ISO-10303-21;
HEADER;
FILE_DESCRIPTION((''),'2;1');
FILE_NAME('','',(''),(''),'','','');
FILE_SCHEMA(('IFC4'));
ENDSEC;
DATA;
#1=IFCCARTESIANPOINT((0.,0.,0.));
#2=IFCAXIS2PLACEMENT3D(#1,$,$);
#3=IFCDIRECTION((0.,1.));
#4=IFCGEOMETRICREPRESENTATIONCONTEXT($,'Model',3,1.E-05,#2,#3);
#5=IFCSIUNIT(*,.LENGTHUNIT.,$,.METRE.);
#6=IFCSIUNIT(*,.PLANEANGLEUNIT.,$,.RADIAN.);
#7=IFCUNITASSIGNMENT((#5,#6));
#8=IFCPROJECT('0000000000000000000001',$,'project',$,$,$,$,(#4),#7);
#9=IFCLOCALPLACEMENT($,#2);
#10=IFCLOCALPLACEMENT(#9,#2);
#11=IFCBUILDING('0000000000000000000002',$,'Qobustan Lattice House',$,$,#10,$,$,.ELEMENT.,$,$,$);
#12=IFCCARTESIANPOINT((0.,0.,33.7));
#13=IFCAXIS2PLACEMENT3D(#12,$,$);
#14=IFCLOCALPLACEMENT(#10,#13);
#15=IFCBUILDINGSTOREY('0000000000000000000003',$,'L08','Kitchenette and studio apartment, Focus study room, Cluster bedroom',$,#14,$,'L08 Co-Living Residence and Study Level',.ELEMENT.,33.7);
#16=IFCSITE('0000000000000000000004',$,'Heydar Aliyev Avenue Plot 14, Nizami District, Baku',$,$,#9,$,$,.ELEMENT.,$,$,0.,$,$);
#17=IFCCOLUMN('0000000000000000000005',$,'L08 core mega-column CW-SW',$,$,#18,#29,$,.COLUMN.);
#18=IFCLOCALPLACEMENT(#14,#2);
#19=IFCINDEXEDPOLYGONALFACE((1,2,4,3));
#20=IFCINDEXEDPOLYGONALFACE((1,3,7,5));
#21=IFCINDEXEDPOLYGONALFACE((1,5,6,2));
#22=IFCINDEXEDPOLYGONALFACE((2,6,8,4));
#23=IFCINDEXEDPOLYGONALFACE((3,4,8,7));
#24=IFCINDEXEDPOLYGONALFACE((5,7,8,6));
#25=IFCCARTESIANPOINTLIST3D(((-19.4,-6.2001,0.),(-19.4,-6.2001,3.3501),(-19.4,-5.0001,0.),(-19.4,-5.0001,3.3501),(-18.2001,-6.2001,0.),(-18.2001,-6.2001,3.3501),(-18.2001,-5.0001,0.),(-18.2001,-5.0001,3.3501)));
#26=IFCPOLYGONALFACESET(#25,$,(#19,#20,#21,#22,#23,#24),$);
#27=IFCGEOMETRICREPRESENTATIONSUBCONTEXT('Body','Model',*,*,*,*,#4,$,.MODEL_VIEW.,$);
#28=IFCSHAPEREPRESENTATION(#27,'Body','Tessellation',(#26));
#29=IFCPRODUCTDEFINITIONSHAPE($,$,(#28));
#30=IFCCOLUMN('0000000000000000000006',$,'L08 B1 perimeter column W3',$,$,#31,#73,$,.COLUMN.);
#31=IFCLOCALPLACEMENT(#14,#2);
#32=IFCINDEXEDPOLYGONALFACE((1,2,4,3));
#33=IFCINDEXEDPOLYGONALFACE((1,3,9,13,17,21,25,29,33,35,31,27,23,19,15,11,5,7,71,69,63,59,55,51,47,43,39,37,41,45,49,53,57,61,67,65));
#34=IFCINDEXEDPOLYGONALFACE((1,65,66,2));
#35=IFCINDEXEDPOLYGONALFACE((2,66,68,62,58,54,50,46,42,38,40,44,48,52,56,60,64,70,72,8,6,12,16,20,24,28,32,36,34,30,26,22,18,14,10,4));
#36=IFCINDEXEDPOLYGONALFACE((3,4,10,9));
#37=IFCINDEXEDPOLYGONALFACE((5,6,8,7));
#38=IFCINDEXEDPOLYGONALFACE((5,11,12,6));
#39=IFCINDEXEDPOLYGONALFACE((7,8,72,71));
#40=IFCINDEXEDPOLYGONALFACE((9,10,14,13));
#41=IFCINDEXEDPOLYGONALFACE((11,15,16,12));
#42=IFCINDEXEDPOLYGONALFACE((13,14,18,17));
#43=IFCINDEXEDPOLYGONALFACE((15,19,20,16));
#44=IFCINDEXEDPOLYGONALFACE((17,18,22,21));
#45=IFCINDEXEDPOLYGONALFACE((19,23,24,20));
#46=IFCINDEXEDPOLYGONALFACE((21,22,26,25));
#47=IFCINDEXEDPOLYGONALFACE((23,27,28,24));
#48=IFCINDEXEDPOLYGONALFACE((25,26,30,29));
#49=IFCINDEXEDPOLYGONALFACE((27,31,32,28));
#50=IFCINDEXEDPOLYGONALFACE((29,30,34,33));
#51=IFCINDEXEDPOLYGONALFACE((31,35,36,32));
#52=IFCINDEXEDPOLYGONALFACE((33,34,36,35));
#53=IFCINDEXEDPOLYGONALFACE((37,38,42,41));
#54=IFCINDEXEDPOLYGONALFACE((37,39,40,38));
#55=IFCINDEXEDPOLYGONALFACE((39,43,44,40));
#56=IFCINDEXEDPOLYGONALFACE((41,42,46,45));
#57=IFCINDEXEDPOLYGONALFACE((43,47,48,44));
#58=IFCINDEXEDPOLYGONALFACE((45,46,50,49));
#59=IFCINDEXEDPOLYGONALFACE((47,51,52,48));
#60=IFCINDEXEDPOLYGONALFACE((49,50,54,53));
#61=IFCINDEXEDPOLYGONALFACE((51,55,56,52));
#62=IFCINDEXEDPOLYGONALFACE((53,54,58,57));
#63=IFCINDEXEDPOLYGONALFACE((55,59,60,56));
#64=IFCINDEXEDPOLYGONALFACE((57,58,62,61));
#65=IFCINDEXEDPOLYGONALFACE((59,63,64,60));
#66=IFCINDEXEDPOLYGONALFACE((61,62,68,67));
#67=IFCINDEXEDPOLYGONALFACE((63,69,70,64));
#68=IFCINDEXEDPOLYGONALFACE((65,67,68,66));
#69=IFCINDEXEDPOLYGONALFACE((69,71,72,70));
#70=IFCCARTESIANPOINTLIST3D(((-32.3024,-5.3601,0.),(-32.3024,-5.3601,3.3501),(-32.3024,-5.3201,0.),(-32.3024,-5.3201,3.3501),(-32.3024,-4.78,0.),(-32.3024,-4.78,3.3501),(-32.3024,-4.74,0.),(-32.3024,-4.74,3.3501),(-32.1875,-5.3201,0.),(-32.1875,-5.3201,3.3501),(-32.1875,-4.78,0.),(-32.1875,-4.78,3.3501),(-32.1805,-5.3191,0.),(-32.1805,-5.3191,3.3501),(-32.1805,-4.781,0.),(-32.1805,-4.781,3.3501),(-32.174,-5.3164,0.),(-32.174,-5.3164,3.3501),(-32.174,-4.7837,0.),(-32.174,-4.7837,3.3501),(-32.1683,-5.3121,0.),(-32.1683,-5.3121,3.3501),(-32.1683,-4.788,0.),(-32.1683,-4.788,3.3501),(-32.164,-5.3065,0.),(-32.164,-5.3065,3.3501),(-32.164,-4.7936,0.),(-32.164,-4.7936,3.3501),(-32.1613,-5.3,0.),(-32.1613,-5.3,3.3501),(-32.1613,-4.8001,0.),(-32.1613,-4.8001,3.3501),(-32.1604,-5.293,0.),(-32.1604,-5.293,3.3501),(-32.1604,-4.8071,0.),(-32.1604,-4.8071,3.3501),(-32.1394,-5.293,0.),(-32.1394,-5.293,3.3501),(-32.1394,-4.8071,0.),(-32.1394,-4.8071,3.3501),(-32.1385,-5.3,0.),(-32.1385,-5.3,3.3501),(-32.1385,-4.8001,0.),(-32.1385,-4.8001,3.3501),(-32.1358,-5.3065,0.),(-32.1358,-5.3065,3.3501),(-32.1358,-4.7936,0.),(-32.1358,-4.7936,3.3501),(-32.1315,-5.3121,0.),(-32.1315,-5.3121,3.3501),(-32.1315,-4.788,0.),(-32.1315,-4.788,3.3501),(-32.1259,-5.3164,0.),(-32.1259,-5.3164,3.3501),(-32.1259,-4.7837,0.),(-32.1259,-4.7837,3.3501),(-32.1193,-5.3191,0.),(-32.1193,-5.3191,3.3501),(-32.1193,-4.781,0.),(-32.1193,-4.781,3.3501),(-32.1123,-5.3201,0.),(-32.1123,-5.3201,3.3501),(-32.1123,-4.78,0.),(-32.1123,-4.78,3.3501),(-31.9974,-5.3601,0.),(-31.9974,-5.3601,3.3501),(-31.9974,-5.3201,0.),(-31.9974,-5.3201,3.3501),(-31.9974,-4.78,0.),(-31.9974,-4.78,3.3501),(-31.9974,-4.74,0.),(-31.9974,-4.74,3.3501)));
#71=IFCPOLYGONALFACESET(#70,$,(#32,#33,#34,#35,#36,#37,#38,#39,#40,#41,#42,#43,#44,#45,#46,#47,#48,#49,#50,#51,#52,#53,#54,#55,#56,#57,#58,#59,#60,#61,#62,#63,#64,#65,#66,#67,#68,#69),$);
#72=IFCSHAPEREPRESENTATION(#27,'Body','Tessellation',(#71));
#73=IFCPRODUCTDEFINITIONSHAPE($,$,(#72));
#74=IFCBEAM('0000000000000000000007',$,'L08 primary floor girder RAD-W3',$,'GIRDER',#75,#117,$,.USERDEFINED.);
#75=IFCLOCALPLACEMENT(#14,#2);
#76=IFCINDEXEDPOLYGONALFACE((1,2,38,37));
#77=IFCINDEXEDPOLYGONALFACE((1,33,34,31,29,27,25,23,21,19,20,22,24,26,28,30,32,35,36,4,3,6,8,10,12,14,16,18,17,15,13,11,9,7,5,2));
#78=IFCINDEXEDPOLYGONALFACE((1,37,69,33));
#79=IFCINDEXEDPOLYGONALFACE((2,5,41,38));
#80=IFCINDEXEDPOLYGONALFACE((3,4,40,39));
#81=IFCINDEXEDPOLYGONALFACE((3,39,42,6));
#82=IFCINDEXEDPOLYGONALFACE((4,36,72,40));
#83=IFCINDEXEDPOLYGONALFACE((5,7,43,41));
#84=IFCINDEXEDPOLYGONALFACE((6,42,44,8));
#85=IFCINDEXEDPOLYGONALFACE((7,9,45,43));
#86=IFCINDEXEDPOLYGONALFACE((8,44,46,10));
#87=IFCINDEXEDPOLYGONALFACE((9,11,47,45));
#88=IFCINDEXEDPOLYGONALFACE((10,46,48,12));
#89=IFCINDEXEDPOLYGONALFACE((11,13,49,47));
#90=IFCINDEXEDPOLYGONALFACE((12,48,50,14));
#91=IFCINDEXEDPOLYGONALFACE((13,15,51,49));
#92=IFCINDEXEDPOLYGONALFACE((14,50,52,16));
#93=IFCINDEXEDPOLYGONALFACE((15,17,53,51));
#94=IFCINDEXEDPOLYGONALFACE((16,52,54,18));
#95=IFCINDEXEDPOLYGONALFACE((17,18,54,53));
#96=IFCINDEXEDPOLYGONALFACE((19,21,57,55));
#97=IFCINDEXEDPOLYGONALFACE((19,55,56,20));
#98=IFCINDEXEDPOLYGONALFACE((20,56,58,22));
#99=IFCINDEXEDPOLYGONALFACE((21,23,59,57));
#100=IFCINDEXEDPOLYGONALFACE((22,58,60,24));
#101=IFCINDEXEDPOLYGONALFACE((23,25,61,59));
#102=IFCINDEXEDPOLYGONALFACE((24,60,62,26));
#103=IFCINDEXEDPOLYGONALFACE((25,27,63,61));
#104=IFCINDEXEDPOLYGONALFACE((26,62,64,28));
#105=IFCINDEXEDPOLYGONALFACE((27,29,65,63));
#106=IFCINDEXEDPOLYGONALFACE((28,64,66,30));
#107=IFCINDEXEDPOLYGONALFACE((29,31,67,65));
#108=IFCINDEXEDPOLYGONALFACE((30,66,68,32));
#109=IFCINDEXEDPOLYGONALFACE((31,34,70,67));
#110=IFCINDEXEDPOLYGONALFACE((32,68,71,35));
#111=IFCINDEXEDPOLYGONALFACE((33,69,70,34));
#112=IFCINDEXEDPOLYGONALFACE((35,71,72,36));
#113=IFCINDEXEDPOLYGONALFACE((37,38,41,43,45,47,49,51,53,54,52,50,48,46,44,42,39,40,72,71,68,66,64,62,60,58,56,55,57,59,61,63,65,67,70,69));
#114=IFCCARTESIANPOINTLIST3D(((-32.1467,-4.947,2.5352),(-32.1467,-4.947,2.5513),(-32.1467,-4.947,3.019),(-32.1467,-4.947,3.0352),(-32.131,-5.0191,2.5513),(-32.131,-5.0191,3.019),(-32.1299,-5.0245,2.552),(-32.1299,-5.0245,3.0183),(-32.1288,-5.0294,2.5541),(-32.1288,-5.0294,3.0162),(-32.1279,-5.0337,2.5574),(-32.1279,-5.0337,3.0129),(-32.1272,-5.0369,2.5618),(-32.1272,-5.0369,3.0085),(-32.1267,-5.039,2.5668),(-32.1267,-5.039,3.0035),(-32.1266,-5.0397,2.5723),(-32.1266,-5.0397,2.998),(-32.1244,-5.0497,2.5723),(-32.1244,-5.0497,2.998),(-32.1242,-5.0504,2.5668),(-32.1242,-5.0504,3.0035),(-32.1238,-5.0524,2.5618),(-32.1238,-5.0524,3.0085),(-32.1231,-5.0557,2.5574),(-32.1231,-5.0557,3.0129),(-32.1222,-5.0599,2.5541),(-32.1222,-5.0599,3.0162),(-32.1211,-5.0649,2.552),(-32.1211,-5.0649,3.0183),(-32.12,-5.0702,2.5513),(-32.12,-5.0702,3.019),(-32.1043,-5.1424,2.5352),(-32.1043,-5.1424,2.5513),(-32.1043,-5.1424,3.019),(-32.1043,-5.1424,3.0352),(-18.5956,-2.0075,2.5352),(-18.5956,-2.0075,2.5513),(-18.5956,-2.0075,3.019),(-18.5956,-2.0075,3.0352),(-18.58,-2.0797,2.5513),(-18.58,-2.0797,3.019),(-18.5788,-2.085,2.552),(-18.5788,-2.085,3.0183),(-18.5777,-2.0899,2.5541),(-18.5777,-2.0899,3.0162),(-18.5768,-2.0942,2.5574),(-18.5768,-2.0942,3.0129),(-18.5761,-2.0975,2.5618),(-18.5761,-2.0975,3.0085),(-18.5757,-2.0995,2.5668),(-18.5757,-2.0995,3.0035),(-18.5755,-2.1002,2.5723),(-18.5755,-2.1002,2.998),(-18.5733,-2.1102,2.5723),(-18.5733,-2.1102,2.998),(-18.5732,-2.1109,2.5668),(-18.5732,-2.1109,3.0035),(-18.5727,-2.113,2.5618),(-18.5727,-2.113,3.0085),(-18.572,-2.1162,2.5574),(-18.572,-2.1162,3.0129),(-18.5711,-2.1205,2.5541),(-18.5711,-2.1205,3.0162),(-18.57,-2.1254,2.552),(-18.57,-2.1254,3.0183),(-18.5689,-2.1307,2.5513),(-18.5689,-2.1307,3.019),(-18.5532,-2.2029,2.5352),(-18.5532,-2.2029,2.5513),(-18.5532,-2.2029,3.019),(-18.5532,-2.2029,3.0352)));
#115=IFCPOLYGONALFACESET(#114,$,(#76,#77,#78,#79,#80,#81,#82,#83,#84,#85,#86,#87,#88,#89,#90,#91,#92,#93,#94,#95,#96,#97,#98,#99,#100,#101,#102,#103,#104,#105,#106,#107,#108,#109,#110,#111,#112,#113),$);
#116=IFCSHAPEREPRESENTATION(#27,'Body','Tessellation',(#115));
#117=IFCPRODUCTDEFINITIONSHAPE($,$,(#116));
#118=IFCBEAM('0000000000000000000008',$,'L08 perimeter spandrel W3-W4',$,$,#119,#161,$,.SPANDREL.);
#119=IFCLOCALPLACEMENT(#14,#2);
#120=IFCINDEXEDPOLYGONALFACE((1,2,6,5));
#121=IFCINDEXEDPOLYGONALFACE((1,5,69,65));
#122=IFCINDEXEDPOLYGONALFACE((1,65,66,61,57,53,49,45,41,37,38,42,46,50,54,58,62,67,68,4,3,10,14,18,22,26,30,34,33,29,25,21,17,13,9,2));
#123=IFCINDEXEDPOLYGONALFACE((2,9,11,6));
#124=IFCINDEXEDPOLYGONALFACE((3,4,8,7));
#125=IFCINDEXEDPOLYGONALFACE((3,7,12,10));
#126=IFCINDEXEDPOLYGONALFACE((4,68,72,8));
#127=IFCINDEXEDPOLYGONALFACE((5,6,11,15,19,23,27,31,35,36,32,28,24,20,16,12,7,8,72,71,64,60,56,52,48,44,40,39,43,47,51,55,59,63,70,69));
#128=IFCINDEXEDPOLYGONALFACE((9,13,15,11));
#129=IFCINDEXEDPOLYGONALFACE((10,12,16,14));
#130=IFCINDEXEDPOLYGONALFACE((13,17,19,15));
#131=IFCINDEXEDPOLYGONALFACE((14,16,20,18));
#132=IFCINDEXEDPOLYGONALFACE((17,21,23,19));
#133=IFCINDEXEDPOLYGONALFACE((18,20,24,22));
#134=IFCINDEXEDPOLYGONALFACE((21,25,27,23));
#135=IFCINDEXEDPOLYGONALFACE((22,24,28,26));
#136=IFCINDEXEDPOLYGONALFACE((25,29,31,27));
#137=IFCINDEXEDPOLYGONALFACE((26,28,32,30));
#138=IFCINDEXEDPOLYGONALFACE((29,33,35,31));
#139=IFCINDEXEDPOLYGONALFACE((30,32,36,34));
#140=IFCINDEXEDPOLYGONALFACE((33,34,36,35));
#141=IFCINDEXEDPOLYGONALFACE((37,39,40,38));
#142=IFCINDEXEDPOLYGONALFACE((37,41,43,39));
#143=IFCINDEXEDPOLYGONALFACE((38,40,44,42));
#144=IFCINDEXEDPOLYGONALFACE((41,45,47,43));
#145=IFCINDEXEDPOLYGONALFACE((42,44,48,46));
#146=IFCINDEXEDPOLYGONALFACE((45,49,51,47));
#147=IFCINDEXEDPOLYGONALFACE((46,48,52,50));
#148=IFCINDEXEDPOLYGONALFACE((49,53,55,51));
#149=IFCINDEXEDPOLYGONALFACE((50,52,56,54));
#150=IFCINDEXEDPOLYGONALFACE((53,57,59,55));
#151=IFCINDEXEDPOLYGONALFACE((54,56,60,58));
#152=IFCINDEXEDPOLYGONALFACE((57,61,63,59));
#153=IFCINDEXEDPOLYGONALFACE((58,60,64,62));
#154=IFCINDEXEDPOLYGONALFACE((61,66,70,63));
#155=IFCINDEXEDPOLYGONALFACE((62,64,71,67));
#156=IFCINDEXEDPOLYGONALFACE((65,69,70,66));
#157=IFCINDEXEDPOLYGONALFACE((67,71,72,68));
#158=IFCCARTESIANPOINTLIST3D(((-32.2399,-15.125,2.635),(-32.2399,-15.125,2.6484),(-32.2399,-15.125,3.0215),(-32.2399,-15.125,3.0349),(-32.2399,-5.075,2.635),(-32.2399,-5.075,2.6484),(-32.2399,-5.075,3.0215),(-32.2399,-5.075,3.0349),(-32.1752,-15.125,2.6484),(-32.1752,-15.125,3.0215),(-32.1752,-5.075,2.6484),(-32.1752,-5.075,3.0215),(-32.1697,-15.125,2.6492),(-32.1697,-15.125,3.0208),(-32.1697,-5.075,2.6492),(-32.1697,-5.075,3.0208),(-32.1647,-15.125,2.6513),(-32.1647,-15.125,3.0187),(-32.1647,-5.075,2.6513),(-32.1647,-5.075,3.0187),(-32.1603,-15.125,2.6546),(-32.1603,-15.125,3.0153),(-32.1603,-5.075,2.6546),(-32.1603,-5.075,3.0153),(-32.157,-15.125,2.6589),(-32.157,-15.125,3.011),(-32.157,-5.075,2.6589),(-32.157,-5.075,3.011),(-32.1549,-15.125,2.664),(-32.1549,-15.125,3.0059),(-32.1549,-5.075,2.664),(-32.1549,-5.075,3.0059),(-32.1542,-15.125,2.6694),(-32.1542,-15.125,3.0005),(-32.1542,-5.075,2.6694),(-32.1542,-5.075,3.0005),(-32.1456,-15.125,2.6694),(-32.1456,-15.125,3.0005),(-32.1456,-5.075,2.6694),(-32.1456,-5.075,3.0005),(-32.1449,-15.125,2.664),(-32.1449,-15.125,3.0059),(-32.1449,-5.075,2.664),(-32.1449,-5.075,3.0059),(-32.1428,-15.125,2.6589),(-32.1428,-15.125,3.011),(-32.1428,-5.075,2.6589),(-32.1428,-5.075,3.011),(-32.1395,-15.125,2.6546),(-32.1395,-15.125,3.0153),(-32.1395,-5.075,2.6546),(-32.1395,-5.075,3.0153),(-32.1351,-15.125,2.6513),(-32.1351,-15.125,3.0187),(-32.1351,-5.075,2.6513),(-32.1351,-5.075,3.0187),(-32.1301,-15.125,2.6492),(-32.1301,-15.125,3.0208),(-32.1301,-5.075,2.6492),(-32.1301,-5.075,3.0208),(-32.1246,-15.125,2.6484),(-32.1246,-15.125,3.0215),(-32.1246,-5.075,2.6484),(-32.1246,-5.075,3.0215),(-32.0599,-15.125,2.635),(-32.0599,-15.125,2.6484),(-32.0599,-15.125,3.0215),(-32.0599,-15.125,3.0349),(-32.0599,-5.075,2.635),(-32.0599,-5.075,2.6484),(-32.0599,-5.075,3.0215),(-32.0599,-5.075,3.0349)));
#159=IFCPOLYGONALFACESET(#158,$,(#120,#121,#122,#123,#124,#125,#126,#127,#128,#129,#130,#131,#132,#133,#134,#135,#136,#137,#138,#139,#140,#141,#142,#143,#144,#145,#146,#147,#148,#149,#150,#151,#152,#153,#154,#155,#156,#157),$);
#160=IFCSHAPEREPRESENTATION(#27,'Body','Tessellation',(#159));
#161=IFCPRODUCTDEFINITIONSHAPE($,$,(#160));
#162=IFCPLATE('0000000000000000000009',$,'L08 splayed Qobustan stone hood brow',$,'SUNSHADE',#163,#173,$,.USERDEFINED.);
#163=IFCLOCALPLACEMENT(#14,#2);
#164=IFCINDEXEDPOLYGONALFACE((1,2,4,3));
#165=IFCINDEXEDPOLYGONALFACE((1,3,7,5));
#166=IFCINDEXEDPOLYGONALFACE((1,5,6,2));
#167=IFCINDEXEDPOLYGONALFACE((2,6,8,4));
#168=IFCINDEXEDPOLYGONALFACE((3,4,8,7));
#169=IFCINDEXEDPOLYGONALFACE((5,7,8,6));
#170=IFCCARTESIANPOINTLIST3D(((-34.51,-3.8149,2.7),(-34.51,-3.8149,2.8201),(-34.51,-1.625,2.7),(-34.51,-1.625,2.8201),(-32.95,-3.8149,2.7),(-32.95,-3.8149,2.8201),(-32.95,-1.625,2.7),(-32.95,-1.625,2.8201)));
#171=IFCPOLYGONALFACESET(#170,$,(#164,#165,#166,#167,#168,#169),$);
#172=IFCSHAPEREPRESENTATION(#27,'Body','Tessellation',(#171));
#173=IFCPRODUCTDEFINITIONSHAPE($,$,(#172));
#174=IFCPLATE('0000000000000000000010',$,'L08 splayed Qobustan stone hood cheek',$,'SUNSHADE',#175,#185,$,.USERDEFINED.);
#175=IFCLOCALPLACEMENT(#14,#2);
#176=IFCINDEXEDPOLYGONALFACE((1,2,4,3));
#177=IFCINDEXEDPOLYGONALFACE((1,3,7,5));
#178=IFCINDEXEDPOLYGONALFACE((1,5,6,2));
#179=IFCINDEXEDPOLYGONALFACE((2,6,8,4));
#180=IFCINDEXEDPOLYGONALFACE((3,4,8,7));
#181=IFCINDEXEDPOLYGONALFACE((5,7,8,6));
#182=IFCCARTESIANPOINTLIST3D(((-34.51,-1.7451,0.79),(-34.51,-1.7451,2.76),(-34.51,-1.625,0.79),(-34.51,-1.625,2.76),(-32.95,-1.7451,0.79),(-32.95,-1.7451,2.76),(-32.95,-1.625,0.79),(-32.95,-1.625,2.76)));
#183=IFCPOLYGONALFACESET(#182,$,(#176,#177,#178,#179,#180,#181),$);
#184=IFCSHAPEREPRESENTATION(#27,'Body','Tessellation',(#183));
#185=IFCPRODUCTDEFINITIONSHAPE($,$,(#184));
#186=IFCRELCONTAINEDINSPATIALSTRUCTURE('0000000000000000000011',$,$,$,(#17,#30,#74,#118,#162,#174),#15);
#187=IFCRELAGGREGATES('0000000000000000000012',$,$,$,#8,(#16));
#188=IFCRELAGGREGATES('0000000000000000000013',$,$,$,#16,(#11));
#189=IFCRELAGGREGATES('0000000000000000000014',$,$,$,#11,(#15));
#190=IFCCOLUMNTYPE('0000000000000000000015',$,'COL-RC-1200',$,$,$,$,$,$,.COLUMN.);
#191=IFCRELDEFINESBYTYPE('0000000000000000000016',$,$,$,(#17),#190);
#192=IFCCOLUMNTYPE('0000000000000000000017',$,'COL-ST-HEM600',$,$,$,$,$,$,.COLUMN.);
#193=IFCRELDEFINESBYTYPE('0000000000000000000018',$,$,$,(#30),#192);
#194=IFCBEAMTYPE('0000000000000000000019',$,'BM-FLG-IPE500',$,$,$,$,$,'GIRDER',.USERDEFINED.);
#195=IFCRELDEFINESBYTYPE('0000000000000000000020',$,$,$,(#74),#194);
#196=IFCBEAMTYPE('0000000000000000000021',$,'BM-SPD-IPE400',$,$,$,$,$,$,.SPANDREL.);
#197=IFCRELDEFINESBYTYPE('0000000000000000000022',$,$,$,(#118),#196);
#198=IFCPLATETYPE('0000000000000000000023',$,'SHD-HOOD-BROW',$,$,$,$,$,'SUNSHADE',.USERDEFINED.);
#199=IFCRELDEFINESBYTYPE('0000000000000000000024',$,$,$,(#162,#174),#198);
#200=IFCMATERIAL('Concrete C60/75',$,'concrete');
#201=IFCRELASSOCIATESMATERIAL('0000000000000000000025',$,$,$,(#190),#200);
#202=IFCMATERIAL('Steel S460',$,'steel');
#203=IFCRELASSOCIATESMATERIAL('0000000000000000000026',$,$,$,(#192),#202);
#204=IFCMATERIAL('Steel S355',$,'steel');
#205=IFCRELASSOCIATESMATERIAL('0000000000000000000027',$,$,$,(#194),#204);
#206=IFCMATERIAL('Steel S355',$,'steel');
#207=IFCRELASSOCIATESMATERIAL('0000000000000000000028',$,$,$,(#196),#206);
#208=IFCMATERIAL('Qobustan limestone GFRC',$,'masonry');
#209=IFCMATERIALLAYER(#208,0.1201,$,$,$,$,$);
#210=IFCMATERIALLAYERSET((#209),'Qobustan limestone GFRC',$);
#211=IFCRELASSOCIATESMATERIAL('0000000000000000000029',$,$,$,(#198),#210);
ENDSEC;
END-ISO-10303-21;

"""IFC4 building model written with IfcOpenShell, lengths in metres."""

from ifc_helpers import new_model, si_unit, direction, frame, origin, origin_2d, place, context, subcontext, project, spatial, rectangle, i_section, extrude, material, layer, layer_set, material_profile, profile_set, type_object, element, save


model = new_model("IFC4")

# Units and contexts
model_context = context("Model", 3, precision=1e-05, world=origin(), true_north=direction((0.0, 1.0)))
body_context = subcontext(model_context, "Body", "Model", "MODEL_VIEW")
ifc_project = project(units=[si_unit("LENGTHUNIT", "METRE"), si_unit("PLANEANGLEUNIT", "RADIAN")], contexts=[model_context])

# Site, building, storey
site_placement = place(None, origin())
site = spatial("IfcSite", under=ifc_project, at=site_placement, Name="Heydar Aliyev Avenue Plot 14, Nizami District, Baku", CompositionType="ELEMENT", RefElevation=0.0)
building_placement = place(site_placement, origin())
building = spatial("IfcBuilding", under=site, at=building_placement, Name="Qobustan Lattice House", CompositionType="ELEMENT")
storey_placement = place(building_placement, frame((0.0, 0.0, 33.7)))
storey = spatial("IfcBuildingStorey", under=building, at=storey_placement, Name="L08", Description="Kitchenette and studio apartment, Focus study room, Cluster bedroom", LongName="L08 Co-Living Residence and Study Level", CompositionType="ELEMENT", Elevation=33.7)

# Columns
ifc_material_1 = material(Name="Concrete C60/75", Category="concrete")
ifc_material_profile_1 = material_profile(ifc_material_1, rectangle(XDim=1.2, YDim=1.2, at=origin_2d()), Name="RC1200x1200")
ifc_profile_set_1 = profile_set([ifc_material_profile_1], Name="Concrete C60/75")
column_type_1 = type_object("IfcColumnType", Name="COL-RC-1200", PredefinedType="COLUMN", material=ifc_profile_set_1)
column_1_placement = place(storey_placement, frame((-18.8, -5.6001, 0.0), z_axis=(0.0, 0.0, 1.0), x_axis=(1.0, 0.0, 0.0)))
element("IfcColumn", 1, at=column_1_placement, inside=storey, type_object=column_type_1, Name="L08 core mega-column CW-SW", PredefinedType="COLUMN", context=body_context, shape_type="SweptSolid", body=[
    extrude(rectangle(XDim=1.2, YDim=1.2, at=origin_2d()), origin(), (0.0, 0.0, 1.0), 3.3501),
])
ifc_material_2 = material(Name="Steel S460", Category="steel")
ifc_material_profile_2 = material_profile(ifc_material_2, i_section(OverallWidth=0.3049, OverallDepth=0.6201, WebThickness=0.021, FlangeThickness=0.04, FilletRadius=0.0271, at=origin_2d()), Name="HEM600")
ifc_profile_set_2 = profile_set([ifc_material_profile_2], Name="Steel S460")
column_type_2 = type_object("IfcColumnType", Name="COL-ST-HEM600", PredefinedType="COLUMN", material=ifc_profile_set_2)
column_2_placement = place(storey_placement, frame((-32.1499, -5.05, 0.0), z_axis=(0.0, 0.0, 1.0), x_axis=(1.0, 0.0, 0.0)))
element("IfcColumn", 2, at=column_2_placement, inside=storey, type_object=column_type_2, Name="L08 B1 perimeter column W3", PredefinedType="COLUMN", context=body_context, shape_type="SweptSolid", body=[
    extrude(i_section(OverallWidth=0.3049, OverallDepth=0.6201, WebThickness=0.021, FlangeThickness=0.04, FilletRadius=0.0271, at=origin_2d()), origin(), (0.0, 0.0, 1.0), 3.3501),
])

# Beams
ifc_material_3 = material(Name="Steel S355", Category="steel")
ifc_material_profile_3 = material_profile(ifc_material_3, i_section(OverallWidth=0.2, OverallDepth=0.5, WebThickness=0.0103, FlangeThickness=0.0161, FilletRadius=0.021, at=origin_2d()), Name="IPE500")
ifc_profile_set_3 = profile_set([ifc_material_profile_3], Name="Steel S355")
beam_type_1 = type_object("IfcBeamType", Name="BM-FLG-IPE500", ElementType="GIRDER", PredefinedType="USERDEFINED", material=ifc_profile_set_3)
beam_1_placement = place(storey_placement, frame((-32.1255, -5.0447, 2.7852), z_axis=(0.977272, 0.211987, 0.0), x_axis=(-0.211987, 0.977272, 0.0)))
element("IfcBeam", 3, at=beam_1_placement, inside=storey, type_object=beam_type_1, Name="L08 primary floor girder RAD-W3", ObjectType="GIRDER", PredefinedType="USERDEFINED", context=body_context, shape_type="SweptSolid", body=[
    extrude(i_section(OverallWidth=0.2, OverallDepth=0.5, WebThickness=0.0103, FlangeThickness=0.0161, FilletRadius=0.021, at=origin_2d()), origin(), (0.0, 0.0, 1.0), 13.8662),
])
ifc_material_4 = material(Name="Steel S355", Category="steel")
ifc_material_profile_4 = material_profile(ifc_material_4, i_section(OverallWidth=0.1799, OverallDepth=0.3999, WebThickness=0.0085, FlangeThickness=0.0134, FilletRadius=0.021, at=origin_2d()), Name="IPE400")
ifc_profile_set_4 = profile_set([ifc_material_profile_4], Name="Steel S355")
beam_type_2 = type_object("IfcBeamType", Name="BM-SPD-IPE400", PredefinedType="SPANDREL", material=ifc_profile_set_4)
beam_2_placement = place(storey_placement, frame((-32.1499, -5.075, 2.835), z_axis=(0.0, -1.0, 0.0), x_axis=(1.0, 0.0, 0.0)))
element("IfcBeam", 4, at=beam_2_placement, inside=storey, type_object=beam_type_2, Name="L08 perimeter spandrel W3-W4", PredefinedType="SPANDREL", context=body_context, shape_type="SweptSolid", body=[
    extrude(i_section(OverallWidth=0.1799, OverallDepth=0.3999, WebThickness=0.0085, FlangeThickness=0.0134, FilletRadius=0.021, at=origin_2d()), origin(), (0.0, 0.0, 1.0), 10.05),
])

# Plates
ifc_material_5 = material(Name="Qobustan limestone GFRC", Category="masonry")
ifc_layer_1 = layer(ifc_material_5, 0.1201)
ifc_layer_set_1 = layer_set([ifc_layer_1], Name="Qobustan limestone GFRC")
plate_type = type_object("IfcPlateType", Name="SHD-HOOD-BROW", ElementType="SUNSHADE", PredefinedType="USERDEFINED", material=ifc_layer_set_1)
plate_1_placement = place(storey_placement, frame((-33.73, -2.72, 2.7), z_axis=(0.0, 0.0, 1.0), x_axis=(0.0, 1.0, 0.0)))
element("IfcPlate", 5, at=plate_1_placement, inside=storey, type_object=plate_type, Name="L08 splayed Qobustan stone hood brow", ObjectType="SUNSHADE", PredefinedType="USERDEFINED", context=body_context, shape_type="SweptSolid", body=[
    extrude(rectangle(XDim=2.1899, YDim=1.5601, at=origin_2d()), origin(), (0.0, 0.0, 1.0), 0.1201),
])
plate_2_placement = place(storey_placement, frame((-33.73, -1.6851, 0.79), z_axis=(0.0, 0.0, 1.0), x_axis=(0.0, 1.0, 0.0)))
element("IfcPlate", 6, at=plate_2_placement, inside=storey, type_object=plate_type, Name="L08 splayed Qobustan stone hood cheek", ObjectType="SUNSHADE", PredefinedType="USERDEFINED", context=body_context, shape_type="SweptSolid", body=[
    extrude(rectangle(XDim=0.1201, YDim=1.5601, at=origin_2d()), origin(), (0.0, 0.0, 1.0), 1.97),
])

save(model, "model.ifc")
